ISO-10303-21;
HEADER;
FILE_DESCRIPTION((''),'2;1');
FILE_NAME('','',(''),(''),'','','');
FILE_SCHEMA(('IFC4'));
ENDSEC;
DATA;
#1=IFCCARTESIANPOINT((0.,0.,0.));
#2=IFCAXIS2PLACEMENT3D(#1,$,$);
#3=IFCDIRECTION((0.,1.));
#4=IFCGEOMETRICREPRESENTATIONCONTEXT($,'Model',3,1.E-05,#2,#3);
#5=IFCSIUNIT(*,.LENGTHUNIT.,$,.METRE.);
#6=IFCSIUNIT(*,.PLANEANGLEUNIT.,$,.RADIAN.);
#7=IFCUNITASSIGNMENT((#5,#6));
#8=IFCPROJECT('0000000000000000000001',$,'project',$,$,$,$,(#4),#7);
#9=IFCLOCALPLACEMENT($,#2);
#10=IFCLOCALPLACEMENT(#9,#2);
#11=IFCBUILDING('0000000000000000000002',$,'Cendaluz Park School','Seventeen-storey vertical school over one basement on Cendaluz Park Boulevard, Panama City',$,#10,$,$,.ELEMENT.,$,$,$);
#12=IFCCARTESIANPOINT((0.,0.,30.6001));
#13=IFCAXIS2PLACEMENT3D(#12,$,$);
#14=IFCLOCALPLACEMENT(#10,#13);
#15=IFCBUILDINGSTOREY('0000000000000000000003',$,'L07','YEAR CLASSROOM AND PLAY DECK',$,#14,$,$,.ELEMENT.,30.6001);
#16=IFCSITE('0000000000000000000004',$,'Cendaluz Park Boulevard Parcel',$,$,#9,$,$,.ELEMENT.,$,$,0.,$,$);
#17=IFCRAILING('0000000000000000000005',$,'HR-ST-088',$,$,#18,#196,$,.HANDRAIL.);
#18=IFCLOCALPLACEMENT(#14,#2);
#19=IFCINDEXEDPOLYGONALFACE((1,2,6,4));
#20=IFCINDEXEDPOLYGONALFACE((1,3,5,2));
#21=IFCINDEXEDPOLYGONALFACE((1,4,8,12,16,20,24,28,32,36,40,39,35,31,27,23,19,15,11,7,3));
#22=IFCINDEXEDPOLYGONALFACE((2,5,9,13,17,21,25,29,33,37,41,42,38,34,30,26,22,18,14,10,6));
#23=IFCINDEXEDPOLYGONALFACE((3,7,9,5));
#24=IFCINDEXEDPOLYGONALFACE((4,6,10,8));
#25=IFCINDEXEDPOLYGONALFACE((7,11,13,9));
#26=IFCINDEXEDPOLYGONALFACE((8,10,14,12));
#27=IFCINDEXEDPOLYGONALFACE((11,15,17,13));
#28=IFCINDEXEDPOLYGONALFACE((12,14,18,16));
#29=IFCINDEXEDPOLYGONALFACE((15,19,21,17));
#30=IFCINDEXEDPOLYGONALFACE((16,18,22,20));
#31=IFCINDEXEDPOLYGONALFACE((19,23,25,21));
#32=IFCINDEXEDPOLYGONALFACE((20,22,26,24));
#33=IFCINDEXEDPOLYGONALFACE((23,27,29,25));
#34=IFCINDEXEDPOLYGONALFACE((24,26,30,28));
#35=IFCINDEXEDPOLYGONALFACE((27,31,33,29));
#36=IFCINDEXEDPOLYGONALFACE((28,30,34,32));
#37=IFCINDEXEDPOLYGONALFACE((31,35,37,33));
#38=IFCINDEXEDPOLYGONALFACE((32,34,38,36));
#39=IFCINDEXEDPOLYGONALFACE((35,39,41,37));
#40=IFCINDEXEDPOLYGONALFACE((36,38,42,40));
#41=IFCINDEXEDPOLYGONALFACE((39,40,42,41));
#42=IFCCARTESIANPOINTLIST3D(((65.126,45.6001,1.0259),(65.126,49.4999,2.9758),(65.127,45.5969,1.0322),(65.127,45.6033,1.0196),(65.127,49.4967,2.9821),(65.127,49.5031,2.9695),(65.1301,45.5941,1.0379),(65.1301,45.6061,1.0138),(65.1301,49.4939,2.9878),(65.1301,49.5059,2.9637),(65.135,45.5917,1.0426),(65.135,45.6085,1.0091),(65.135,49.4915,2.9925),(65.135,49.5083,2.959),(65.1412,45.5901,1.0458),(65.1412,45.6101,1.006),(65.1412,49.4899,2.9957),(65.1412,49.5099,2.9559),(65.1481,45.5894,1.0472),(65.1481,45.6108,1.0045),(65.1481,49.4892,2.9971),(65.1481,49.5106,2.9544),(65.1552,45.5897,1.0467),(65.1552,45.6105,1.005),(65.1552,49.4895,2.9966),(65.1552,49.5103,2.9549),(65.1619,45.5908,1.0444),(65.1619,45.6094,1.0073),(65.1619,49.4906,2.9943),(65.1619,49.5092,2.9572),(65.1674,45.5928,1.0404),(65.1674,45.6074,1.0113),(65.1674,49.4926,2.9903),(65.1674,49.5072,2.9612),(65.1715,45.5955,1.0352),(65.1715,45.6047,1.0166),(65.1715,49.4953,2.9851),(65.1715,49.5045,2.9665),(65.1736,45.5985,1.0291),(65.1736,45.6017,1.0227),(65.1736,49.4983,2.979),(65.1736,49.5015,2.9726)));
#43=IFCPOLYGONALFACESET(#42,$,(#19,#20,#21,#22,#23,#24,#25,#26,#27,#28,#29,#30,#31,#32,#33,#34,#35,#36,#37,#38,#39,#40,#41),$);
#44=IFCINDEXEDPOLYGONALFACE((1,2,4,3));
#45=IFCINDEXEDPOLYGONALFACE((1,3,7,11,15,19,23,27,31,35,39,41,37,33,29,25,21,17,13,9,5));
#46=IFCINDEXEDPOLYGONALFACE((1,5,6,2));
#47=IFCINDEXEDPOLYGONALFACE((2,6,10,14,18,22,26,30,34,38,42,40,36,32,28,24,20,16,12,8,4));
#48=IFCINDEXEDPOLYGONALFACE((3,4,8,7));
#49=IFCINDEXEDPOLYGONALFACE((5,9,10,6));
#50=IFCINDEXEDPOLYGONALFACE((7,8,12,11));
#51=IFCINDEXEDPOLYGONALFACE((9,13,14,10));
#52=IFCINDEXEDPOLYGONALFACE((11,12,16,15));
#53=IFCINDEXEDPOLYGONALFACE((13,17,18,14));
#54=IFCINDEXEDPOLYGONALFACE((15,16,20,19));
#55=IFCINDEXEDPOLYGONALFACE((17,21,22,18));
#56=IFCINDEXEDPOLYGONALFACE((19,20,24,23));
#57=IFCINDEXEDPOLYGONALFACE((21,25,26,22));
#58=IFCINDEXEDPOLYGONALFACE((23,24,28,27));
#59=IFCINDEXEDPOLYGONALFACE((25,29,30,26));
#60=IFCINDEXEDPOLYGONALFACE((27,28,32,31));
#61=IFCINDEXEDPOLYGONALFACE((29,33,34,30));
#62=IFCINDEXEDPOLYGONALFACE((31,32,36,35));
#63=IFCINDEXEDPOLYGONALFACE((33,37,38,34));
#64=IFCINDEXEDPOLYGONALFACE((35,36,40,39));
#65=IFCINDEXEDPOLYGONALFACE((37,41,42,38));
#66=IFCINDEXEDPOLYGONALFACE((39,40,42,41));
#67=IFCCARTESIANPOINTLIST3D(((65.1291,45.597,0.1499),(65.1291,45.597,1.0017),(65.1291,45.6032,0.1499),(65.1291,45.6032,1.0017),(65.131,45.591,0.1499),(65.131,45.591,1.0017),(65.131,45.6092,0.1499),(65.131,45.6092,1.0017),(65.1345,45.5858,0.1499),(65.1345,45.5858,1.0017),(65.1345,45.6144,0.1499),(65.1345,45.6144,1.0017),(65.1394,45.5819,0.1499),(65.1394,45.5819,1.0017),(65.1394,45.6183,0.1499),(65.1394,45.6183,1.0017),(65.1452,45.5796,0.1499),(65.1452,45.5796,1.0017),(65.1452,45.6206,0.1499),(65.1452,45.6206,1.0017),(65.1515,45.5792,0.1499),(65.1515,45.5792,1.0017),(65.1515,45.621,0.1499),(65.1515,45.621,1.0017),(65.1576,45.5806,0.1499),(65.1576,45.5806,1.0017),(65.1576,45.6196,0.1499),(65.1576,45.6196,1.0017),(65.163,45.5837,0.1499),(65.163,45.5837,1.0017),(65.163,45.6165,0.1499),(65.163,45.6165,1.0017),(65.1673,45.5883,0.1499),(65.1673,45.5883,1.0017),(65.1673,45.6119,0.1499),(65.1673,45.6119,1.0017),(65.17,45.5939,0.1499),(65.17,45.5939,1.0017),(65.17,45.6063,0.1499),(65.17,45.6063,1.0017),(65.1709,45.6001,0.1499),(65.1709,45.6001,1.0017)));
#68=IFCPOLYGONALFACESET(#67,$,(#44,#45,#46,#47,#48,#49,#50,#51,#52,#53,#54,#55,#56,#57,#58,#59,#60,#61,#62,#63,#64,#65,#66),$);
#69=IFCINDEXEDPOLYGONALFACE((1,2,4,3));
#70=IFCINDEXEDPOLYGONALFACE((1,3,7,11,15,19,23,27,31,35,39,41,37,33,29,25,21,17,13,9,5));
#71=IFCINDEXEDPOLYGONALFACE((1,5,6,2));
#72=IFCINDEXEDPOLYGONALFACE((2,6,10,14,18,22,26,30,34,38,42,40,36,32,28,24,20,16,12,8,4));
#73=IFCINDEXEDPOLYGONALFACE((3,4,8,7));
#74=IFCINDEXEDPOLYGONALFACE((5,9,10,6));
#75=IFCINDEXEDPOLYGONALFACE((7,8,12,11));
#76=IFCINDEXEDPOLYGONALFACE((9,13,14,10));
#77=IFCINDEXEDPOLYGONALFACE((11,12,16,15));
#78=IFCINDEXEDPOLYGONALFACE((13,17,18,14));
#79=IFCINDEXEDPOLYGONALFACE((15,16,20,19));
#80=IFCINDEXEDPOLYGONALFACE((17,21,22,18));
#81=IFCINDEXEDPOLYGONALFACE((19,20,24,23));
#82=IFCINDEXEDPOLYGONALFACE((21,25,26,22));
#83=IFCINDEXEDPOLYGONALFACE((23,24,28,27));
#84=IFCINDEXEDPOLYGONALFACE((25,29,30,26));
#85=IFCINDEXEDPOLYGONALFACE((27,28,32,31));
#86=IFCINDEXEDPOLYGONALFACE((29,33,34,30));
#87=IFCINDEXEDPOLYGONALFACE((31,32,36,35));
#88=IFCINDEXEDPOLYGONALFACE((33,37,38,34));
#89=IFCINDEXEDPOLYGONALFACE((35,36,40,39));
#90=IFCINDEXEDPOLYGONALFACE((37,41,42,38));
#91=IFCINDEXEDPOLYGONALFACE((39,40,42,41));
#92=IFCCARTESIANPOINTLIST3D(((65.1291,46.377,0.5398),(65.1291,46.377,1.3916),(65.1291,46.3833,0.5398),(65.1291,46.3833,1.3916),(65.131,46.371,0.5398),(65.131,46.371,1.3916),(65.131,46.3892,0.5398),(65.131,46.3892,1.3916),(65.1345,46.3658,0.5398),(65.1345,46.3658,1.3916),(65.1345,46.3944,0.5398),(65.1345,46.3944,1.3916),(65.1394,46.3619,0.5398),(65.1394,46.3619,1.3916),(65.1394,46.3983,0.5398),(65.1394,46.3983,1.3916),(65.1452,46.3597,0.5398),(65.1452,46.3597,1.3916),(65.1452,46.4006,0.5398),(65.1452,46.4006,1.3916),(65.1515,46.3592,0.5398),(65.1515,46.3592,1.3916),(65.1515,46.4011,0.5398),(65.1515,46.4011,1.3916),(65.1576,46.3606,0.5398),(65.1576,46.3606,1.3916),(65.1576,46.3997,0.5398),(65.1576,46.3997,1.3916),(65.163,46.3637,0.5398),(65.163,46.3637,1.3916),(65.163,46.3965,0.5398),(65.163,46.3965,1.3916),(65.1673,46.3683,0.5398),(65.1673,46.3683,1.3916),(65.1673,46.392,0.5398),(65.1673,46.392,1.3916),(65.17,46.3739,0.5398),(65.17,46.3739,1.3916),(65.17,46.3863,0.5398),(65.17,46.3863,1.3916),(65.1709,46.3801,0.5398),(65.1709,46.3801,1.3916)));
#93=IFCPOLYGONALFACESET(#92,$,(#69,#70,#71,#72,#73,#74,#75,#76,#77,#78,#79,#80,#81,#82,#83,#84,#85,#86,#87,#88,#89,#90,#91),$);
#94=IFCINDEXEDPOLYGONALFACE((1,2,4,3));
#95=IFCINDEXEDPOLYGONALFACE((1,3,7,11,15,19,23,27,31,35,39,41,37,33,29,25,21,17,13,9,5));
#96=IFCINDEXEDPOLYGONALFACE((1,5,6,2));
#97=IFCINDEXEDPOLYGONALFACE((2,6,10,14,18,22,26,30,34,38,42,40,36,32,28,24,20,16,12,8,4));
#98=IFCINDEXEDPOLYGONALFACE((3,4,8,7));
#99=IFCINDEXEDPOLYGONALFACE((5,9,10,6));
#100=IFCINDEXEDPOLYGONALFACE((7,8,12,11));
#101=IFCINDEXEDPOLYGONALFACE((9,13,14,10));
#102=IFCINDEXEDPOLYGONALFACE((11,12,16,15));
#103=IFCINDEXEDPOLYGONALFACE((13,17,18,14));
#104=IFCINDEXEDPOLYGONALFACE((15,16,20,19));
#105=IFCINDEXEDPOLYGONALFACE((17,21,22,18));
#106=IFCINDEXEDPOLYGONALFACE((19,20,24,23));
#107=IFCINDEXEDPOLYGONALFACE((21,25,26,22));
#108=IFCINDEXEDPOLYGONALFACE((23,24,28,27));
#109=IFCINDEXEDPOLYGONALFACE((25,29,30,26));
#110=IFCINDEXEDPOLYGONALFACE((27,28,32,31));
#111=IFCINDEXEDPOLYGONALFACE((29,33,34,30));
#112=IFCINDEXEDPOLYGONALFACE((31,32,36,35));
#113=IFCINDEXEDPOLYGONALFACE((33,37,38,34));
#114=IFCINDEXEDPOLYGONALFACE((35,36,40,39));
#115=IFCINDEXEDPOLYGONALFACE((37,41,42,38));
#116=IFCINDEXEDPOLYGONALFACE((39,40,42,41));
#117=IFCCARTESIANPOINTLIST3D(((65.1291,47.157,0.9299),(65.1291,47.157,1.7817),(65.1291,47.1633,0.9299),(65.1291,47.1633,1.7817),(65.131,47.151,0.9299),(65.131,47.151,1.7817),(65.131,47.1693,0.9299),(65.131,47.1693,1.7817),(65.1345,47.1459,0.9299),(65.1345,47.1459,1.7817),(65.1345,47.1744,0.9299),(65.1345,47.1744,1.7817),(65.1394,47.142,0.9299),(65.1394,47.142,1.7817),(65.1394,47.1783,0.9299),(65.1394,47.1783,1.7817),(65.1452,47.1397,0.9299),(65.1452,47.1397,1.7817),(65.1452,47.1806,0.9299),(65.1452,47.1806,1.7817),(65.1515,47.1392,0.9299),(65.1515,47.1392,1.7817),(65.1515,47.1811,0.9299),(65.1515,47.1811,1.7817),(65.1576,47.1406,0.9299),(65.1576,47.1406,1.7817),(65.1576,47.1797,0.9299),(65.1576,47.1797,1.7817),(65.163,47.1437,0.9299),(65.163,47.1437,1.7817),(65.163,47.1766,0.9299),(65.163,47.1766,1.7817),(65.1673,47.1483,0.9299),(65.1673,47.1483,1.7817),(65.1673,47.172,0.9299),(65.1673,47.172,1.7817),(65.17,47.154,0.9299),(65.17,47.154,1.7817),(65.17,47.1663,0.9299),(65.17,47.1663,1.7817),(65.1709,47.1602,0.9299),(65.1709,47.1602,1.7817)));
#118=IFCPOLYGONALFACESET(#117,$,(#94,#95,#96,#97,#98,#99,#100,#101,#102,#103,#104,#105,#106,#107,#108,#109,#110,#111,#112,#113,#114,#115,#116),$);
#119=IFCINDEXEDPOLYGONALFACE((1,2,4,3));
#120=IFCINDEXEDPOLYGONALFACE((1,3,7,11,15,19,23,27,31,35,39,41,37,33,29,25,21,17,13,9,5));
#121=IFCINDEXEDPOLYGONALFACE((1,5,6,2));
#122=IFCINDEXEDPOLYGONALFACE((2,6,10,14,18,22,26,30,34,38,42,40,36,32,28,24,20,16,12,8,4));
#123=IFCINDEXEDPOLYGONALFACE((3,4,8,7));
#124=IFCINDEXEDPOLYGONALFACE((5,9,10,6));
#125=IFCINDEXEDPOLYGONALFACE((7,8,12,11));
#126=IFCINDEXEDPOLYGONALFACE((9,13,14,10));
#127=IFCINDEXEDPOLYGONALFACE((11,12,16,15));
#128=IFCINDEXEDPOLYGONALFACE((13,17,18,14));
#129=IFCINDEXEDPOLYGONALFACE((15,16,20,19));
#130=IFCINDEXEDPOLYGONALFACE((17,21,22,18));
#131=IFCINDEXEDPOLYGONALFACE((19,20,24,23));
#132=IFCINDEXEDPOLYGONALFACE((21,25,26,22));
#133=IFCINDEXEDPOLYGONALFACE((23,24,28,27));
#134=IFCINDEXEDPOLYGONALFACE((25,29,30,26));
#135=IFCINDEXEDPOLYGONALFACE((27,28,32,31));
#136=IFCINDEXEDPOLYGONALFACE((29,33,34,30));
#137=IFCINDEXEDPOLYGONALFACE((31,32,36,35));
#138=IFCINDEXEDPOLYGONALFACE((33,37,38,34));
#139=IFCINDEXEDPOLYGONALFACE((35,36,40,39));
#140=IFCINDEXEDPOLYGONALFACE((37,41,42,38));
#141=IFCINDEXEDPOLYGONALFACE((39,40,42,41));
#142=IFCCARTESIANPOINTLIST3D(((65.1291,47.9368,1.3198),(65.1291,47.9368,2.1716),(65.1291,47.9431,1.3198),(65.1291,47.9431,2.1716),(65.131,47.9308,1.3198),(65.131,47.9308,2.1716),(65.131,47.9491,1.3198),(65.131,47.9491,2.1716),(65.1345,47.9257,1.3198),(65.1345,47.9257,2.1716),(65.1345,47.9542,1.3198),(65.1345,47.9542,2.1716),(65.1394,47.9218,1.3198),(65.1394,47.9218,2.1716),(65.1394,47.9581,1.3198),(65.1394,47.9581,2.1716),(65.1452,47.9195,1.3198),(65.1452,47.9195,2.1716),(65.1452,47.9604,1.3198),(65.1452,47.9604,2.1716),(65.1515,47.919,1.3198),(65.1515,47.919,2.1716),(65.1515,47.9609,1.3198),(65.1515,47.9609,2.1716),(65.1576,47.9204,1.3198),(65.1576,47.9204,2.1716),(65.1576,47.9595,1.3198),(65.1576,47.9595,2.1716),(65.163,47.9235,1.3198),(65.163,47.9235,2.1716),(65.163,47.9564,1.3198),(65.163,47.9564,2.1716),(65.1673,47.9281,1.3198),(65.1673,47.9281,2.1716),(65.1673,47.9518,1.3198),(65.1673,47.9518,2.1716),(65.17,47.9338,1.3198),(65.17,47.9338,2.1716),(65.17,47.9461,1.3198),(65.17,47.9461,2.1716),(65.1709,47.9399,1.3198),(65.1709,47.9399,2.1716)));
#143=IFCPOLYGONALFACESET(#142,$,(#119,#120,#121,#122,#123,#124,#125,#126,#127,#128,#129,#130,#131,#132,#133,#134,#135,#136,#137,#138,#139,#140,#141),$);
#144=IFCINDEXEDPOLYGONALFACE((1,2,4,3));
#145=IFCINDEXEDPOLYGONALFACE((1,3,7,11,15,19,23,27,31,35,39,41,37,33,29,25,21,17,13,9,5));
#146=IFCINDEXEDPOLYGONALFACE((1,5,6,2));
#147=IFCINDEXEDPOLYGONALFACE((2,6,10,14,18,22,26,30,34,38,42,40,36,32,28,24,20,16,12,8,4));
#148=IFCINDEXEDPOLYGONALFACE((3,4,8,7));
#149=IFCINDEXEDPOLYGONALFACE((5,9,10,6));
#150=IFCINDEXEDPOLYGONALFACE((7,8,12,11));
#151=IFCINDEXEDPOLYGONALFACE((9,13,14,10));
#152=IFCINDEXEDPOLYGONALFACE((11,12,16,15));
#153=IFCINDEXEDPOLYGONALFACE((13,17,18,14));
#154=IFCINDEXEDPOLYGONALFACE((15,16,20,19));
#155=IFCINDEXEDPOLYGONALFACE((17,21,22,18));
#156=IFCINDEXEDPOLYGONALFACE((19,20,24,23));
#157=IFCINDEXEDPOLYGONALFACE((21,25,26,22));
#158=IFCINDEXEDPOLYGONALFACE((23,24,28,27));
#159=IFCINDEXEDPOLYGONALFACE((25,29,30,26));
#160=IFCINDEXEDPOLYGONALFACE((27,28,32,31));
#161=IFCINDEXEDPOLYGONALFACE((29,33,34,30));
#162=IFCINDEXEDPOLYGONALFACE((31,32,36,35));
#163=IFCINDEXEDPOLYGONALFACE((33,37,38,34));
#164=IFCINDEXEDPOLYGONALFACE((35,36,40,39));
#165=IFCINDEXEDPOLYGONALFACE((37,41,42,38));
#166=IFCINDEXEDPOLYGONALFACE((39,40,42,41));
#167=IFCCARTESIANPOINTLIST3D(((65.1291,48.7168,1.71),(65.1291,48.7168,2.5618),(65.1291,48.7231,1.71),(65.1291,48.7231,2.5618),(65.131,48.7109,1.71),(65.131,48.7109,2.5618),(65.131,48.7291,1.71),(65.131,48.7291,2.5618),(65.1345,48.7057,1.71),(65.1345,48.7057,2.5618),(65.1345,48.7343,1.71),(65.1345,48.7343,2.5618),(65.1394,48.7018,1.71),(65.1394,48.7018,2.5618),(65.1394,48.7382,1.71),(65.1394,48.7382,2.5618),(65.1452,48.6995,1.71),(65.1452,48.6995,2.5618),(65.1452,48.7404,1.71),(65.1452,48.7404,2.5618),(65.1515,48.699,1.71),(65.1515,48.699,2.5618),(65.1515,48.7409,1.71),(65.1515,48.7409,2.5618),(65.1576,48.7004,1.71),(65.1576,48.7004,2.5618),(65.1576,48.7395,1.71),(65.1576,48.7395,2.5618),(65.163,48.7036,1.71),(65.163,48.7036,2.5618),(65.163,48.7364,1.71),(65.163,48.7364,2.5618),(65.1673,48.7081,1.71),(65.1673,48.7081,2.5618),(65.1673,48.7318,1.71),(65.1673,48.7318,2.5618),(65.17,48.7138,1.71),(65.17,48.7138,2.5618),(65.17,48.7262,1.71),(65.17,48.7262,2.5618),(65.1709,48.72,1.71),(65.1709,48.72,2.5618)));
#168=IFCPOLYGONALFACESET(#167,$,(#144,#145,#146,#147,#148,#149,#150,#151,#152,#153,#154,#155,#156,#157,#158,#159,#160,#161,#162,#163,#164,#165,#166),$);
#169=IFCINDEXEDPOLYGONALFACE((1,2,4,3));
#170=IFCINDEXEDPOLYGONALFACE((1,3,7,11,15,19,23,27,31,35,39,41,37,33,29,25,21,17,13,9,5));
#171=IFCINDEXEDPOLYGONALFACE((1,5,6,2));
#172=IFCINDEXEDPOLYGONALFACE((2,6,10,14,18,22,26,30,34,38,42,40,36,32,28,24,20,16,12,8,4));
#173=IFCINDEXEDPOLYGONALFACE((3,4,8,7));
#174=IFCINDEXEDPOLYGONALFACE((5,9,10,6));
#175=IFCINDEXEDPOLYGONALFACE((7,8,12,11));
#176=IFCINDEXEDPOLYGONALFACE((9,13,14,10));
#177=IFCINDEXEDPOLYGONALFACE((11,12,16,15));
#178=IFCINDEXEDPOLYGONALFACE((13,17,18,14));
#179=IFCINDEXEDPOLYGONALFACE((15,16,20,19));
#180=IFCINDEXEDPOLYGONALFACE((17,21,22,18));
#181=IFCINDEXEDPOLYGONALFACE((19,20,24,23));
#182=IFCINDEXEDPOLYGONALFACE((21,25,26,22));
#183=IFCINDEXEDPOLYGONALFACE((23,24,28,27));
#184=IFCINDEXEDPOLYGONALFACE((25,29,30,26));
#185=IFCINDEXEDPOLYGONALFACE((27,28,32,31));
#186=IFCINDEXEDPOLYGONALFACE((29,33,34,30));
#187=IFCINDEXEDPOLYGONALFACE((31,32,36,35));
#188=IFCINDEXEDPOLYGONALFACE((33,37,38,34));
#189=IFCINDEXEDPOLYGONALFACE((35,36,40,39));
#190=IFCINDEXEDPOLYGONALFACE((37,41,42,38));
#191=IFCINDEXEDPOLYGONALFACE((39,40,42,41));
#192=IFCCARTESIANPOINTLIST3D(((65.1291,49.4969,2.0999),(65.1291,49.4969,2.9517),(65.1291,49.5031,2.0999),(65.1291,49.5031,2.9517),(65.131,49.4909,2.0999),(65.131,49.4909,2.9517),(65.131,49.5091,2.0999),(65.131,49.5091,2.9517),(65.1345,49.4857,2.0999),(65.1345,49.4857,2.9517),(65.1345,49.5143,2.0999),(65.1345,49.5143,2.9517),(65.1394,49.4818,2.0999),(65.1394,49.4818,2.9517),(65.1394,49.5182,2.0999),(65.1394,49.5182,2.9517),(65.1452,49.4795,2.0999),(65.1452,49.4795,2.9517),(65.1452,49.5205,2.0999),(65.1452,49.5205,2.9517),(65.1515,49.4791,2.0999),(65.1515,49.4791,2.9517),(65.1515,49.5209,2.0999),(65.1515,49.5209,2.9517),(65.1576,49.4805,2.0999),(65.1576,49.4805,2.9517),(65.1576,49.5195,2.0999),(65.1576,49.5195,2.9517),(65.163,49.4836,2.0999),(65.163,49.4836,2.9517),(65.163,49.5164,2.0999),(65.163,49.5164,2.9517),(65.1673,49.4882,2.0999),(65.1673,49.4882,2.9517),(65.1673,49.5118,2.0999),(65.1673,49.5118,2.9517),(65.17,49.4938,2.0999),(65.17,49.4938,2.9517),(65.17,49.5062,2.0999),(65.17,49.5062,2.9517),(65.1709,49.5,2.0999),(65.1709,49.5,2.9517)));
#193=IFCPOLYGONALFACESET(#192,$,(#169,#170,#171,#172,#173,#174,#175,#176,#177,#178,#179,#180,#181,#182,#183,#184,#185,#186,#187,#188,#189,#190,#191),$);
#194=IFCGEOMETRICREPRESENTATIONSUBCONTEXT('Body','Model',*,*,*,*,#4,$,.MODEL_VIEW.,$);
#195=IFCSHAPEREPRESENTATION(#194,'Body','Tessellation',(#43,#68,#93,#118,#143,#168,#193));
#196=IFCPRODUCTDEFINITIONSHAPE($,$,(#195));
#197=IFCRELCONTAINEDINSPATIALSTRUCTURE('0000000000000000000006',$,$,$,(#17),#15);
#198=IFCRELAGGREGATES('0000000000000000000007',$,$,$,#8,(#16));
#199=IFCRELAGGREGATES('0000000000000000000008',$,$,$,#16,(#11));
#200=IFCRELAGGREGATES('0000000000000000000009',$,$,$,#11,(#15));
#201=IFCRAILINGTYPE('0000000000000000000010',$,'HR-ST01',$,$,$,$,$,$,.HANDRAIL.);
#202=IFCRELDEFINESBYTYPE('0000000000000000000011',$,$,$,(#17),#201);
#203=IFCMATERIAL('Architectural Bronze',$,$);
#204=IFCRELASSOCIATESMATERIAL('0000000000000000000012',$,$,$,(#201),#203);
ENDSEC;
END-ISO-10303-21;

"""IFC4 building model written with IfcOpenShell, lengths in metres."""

from ifc_helpers import new_model, si_unit, direction, frame, origin, origin_2d, place, context, subcontext, project, spatial, circle, extrude, material, type_object, element, save


model = new_model("IFC4")

# Units and contexts
model_context = context("Model", 3, precision=1e-05, world=origin(), true_north=direction((0.0, 1.0)))
body_context = subcontext(model_context, "Body", "Model", "MODEL_VIEW")
ifc_project = project(units=[si_unit("LENGTHUNIT", "METRE"), si_unit("PLANEANGLEUNIT", "RADIAN")], contexts=[model_context])

# Site, building, storey
site_placement = place(None, origin())
site = spatial("IfcSite", under=ifc_project, at=site_placement, Name="Cendaluz Park Boulevard Parcel", CompositionType="ELEMENT", RefElevation=0.0)
building_placement = place(site_placement, origin())
building = spatial("IfcBuilding", under=site, at=building_placement, Name="Cendaluz Park School", Description="Seventeen-storey vertical school over one basement on Cendaluz Park Boulevard, Panama City", CompositionType="ELEMENT")
storey_placement = place(building_placement, frame((0.0, 0.0, 30.6001)))
storey = spatial("IfcBuildingStorey", under=building, at=storey_placement, Name="L07", Description="YEAR CLASSROOM AND PLAY DECK", CompositionType="ELEMENT", Elevation=30.6001)

# Railing
ifc_material_1 = material(Name="Architectural Bronze")
railing_type_1 = type_object("IfcRailingType", Name="HR-ST01", PredefinedType="HANDRAIL", material=ifc_material_1)
railing_1_placement = place(storey_placement, frame((65.1499, 45.6001, 0.1499)))
element("IfcRailing", 1, at=railing_1_placement, inside=storey, type_object=railing_type_1, Name="HR-ST-088", PredefinedType="HANDRAIL", context=body_context, shape_type="SweptSolid", body=[
    extrude(circle(Radius=0.0239, at=origin_2d()), frame((0.0, 0.0, 0.876), z_axis=(0.0, 0.894427, 0.447214), x_axis=(-1.0, 0.0, 0.0)), (0.0, 0.0, 1.0), 4.3601),
    extrude(circle(Radius=0.021, at=origin_2d()), origin(), (0.0, 0.0, 1.0), 0.8518),
    extrude(circle(Radius=0.021, at=origin_2d()), frame((0.0, 0.78, 0.3899)), (0.0, 0.0, 1.0), 0.8518),
    extrude(circle(Radius=0.021, at=origin_2d()), frame((0.0, 1.5601, 0.78)), (0.0, 0.0, 1.0), 0.8518),
    extrude(circle(Radius=0.021, at=origin_2d()), frame((0.0, 2.3398, 1.1699)), (0.0, 0.0, 1.0), 0.8518),
    extrude(circle(Radius=0.021, at=origin_2d()), frame((0.0, 3.1199, 1.5601)), (0.0, 0.0, 1.0), 0.8518),
    extrude(circle(Radius=0.021, at=origin_2d()), frame((0.0, 3.8999, 1.95)), (0.0, 0.0, 1.0), 0.8518),
])

save(model, "model.ifc")
